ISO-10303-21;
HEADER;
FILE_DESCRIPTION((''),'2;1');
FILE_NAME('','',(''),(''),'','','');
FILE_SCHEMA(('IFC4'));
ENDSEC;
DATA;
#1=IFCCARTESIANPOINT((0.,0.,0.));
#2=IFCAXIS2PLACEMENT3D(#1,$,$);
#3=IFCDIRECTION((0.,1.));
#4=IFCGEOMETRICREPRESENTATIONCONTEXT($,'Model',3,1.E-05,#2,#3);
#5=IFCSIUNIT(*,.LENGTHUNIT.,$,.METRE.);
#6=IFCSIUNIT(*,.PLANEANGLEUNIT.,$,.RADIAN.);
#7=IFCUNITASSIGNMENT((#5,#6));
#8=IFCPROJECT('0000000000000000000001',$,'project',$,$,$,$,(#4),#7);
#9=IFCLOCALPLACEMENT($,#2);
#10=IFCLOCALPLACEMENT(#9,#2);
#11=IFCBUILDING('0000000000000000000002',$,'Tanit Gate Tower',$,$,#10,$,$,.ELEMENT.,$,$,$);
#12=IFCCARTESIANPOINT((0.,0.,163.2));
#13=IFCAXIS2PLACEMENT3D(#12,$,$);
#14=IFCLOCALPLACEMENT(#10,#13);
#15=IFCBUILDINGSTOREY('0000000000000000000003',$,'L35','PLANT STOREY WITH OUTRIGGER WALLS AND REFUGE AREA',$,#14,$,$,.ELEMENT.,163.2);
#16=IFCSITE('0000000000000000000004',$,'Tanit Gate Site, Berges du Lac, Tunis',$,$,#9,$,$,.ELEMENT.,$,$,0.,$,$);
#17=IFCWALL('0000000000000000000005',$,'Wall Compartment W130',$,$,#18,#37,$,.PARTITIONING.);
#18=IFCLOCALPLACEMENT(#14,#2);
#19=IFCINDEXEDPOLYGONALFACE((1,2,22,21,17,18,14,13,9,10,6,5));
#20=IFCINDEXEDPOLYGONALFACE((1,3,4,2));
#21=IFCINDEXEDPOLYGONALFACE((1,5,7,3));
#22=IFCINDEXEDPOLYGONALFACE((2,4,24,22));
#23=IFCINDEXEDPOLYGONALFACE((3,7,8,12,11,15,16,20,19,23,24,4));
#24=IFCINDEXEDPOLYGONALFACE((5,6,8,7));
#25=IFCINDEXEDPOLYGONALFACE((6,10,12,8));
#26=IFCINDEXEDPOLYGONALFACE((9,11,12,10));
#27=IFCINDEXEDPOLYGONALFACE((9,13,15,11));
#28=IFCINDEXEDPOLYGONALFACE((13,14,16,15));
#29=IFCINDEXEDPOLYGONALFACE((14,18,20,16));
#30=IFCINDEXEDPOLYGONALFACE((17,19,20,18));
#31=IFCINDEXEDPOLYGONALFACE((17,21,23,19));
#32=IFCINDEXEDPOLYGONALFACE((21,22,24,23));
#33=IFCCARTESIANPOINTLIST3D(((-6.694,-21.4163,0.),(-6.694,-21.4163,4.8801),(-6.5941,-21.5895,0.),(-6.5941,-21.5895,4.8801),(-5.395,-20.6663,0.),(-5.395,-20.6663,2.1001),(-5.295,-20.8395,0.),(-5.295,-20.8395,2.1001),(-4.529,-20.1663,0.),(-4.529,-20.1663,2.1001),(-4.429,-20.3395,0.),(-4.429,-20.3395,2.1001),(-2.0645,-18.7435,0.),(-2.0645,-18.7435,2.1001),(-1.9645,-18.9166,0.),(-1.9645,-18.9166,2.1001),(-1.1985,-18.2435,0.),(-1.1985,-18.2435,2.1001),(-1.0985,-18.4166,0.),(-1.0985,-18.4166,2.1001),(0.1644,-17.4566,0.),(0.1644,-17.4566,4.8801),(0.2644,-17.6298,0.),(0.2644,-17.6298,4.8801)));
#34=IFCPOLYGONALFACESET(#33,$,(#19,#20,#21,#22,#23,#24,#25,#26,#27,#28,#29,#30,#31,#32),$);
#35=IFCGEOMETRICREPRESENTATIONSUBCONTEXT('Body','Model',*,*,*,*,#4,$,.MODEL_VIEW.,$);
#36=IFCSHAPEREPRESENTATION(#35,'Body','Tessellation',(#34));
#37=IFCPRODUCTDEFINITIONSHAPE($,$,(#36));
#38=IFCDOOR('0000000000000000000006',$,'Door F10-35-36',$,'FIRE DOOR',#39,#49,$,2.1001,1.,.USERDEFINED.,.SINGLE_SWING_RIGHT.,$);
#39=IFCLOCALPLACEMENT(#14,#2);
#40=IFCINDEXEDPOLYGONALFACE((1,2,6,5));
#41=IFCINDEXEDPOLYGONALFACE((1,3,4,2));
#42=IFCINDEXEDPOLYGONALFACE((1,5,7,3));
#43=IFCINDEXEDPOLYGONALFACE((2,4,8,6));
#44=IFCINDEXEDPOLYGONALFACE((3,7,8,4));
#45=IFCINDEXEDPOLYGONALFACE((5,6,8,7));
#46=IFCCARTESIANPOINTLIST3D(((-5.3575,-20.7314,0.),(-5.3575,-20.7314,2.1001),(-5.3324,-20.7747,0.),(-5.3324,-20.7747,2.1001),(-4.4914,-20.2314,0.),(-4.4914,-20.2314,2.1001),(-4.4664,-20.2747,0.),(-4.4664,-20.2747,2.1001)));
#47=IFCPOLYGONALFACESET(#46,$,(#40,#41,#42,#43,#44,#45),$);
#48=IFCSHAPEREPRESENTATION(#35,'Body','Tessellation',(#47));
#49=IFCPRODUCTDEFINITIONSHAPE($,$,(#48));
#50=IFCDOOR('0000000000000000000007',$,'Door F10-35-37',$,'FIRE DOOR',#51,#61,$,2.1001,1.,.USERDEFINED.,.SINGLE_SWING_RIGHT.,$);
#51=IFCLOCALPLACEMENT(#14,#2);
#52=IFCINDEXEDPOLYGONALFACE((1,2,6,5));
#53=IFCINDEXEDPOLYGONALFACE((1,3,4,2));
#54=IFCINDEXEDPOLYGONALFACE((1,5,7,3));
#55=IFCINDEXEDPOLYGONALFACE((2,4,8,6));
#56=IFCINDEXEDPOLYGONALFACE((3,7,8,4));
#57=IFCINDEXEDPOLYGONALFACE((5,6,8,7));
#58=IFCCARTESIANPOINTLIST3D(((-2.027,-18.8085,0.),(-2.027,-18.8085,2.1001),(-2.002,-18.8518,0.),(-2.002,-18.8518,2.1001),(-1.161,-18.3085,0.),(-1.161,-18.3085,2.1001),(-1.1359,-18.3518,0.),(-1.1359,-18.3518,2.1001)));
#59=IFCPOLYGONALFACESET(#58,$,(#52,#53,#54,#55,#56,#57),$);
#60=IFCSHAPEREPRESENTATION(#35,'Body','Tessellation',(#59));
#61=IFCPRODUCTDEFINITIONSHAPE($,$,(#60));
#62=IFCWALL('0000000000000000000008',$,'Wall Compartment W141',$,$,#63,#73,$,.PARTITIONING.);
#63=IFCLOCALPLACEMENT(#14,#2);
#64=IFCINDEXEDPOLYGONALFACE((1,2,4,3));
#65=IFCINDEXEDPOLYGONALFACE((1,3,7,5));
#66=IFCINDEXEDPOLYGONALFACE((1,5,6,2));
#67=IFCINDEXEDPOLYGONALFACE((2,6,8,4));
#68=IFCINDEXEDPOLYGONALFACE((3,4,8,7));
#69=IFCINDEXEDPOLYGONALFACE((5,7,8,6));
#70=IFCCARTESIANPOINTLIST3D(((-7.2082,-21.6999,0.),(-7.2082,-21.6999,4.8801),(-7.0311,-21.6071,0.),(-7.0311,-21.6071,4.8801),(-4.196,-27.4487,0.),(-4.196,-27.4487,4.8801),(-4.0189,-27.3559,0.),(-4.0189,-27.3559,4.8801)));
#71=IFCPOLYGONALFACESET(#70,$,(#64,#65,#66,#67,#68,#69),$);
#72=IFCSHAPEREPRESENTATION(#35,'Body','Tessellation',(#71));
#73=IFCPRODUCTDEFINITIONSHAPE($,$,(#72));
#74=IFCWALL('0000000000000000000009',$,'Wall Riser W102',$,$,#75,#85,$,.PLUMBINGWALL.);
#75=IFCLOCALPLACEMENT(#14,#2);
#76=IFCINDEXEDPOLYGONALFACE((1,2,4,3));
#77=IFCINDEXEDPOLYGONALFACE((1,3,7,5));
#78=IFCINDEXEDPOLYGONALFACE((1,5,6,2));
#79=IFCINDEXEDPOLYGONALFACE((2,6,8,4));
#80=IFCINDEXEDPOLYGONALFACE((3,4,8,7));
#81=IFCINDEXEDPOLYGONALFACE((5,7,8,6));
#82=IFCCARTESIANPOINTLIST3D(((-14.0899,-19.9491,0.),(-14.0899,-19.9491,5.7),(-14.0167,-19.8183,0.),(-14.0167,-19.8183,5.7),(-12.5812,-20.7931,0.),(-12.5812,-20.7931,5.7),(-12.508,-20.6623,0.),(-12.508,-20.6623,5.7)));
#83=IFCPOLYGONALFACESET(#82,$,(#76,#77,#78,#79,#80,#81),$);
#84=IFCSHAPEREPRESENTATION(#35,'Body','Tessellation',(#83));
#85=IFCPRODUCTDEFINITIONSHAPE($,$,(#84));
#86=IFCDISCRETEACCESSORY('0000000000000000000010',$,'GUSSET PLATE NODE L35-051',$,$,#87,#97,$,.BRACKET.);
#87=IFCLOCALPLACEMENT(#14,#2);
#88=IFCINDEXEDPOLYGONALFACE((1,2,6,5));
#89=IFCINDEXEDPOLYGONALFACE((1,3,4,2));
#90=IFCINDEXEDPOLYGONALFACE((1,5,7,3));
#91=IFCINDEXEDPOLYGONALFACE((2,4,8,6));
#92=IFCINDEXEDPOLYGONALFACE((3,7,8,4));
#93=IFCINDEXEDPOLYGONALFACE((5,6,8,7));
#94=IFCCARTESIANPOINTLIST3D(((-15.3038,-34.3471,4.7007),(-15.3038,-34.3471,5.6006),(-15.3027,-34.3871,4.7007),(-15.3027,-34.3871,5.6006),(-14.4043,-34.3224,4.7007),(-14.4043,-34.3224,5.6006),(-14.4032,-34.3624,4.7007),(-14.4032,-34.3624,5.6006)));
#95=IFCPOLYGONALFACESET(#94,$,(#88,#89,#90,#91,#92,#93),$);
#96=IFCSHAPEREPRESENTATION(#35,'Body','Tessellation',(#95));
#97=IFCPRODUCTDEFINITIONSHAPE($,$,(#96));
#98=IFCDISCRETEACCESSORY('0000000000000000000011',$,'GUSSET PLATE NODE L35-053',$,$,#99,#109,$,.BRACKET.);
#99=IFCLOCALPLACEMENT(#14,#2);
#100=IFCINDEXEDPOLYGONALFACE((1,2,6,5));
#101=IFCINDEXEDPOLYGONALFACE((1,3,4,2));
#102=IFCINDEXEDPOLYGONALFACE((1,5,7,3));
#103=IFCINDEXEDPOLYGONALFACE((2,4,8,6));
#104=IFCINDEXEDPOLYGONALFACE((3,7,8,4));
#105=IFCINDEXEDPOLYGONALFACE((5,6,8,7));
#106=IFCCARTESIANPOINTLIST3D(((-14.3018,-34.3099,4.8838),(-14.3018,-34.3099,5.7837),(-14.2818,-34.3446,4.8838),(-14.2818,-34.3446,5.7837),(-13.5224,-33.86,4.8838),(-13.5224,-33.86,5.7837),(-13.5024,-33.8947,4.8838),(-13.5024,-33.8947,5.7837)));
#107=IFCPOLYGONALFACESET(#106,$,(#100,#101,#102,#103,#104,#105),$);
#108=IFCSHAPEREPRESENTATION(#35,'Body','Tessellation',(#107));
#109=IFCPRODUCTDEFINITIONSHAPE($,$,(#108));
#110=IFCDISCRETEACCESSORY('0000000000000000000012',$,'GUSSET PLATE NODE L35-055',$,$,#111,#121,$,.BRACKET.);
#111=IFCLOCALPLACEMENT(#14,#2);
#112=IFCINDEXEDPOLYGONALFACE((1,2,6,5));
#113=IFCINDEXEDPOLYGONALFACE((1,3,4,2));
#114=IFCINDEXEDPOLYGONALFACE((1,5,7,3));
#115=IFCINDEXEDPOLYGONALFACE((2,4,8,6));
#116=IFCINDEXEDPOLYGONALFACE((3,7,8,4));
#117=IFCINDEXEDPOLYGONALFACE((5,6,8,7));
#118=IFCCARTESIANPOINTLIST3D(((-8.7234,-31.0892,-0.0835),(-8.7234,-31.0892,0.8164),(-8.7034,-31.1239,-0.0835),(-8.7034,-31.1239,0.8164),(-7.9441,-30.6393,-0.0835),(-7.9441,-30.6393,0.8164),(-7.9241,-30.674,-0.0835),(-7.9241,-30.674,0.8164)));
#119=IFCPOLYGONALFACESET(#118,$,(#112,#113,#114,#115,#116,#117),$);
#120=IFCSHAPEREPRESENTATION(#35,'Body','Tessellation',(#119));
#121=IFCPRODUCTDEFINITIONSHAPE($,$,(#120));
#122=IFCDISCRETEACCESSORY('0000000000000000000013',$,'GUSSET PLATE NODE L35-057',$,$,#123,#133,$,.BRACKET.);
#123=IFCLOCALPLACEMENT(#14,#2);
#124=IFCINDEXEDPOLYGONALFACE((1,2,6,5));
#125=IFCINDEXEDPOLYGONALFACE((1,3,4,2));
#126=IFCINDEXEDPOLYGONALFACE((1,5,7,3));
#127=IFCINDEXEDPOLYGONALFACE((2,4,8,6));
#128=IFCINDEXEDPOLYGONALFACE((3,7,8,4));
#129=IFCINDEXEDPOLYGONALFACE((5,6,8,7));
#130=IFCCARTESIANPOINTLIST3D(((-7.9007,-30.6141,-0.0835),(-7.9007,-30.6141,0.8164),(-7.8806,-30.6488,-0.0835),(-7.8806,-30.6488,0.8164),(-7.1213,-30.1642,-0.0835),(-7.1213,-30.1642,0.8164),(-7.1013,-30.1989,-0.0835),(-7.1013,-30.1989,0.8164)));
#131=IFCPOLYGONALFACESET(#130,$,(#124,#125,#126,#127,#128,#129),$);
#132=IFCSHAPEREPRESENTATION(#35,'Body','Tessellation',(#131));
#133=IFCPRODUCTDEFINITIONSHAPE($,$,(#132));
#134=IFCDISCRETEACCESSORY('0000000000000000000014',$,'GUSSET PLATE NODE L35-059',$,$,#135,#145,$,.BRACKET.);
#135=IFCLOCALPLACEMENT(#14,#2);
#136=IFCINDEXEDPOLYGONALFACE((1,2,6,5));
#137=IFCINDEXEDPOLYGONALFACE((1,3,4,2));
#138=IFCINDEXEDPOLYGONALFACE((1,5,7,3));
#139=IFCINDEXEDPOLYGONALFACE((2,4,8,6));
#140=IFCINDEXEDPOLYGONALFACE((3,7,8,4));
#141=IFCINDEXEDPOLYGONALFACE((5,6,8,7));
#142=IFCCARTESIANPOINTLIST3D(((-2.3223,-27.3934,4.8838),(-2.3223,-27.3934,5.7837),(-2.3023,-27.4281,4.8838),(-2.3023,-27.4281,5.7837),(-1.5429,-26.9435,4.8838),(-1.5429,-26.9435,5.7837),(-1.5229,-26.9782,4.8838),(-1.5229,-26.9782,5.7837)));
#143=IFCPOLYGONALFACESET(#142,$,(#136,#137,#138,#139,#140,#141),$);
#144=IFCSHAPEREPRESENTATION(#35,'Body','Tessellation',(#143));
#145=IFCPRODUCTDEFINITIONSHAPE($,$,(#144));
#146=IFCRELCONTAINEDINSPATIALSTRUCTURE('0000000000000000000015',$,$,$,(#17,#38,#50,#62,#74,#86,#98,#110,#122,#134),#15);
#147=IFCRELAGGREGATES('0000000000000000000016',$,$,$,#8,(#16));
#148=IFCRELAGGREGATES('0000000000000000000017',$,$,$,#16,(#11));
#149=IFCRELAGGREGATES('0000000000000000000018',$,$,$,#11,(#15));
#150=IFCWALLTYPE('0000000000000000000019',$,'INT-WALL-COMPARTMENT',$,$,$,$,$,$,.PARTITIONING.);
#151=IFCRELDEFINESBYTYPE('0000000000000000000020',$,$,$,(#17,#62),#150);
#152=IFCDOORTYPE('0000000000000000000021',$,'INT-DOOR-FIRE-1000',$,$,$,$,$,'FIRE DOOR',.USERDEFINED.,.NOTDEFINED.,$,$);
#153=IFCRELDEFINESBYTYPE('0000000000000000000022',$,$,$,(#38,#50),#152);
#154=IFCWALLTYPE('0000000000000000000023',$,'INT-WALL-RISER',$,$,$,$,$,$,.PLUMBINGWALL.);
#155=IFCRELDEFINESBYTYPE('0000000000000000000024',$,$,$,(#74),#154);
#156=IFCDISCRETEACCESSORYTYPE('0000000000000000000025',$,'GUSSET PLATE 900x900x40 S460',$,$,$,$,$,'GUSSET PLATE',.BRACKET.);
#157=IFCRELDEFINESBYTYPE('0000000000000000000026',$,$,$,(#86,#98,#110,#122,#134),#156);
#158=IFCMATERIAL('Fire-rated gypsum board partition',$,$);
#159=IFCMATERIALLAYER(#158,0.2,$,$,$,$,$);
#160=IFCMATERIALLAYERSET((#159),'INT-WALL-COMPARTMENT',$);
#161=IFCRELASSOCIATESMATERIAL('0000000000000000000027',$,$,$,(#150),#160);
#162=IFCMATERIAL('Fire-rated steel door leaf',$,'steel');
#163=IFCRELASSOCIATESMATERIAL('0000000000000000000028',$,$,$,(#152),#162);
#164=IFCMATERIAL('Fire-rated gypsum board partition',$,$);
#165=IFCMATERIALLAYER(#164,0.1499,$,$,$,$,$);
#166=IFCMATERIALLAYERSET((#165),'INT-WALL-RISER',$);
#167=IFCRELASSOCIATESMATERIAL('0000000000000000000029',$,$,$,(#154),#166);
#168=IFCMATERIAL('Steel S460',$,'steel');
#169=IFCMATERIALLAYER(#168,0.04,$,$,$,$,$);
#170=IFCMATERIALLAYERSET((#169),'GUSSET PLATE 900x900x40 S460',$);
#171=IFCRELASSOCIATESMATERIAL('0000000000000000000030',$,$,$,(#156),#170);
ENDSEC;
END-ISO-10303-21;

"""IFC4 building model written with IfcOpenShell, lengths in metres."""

from ifc_helpers import new_model, si_unit, direction, frame, frame_2d, origin, origin_2d, place, context, subcontext, project, spatial, rectangle, extrude, material, layer, layer_set, type_object, element, fill, save


model = new_model("IFC4")

# Units and contexts
model_context = context("Model", 3, precision=1e-05, world=origin(), true_north=direction((0.0, 1.0)))
body_context = subcontext(model_context, "Body", "Model", "MODEL_VIEW")
ifc_project = project(units=[si_unit("LENGTHUNIT", "METRE"), si_unit("PLANEANGLEUNIT", "RADIAN")], contexts=[model_context])

# Site, building, storey
site_placement = place(None, origin())
site = spatial("IfcSite", under=ifc_project, at=site_placement, Name="Tanit Gate Site, Berges du Lac, Tunis", CompositionType="ELEMENT", RefElevation=0.0)
building_placement = place(site_placement, origin())
building = spatial("IfcBuilding", under=site, at=building_placement, Name="Tanit Gate Tower", CompositionType="ELEMENT")
storey_placement = place(building_placement, frame((0.0, 0.0, 163.2)))
storey = spatial("IfcBuildingStorey", under=building, at=storey_placement, Name="L35", Description="PLANT STOREY WITH OUTRIGGER WALLS AND REFUGE AREA", CompositionType="ELEMENT", Elevation=163.2)

# Shared definitions
ifc_material_1 = material(Name="Fire-rated gypsum board partition")
ifc_layer_1 = layer(ifc_material_1, 0.2)
ifc_layer_set_1 = layer_set([ifc_layer_1], Name="INT-WALL-COMPARTMENT")
wall_type_1 = type_object("IfcWallType", Name="INT-WALL-COMPARTMENT", PredefinedType="PARTITIONING", material=ifc_layer_set_1)
ifc_material_2 = material(Name="Fire-rated steel door leaf", Category="steel")
door_type_1 = type_object("IfcDoorType", Name="INT-DOOR-FIRE-1000", ElementType="FIRE DOOR", OperationType="NOTDEFINED", PredefinedType="USERDEFINED", material=ifc_material_2)

# Wall, openings, doors
wall_1_placement = place(storey_placement, frame((-6.644, -21.5029, 0.0), z_axis=(0.0, 0.0, 1.0), x_axis=(0.866024, 0.500002, 0.0)))
wall_1 = element("IfcWall", 1, at=wall_1_placement, inside=storey, type_object=wall_type_1, Name="Wall Compartment W130", PredefinedType="PARTITIONING", context=body_context, shape_type="SweptSolid", body=[
    extrude(rectangle(XDim=7.9194, YDim=0.2, at=frame_2d((3.9597, 0.0))), origin(), (0.0, 0.0, 1.0), 4.8801),
])
opening_1_placement = place(wall_1_placement, frame((1.5, 0.0, 0.0)))
opening_1 = element("IfcOpeningElement", 2, at=opening_1_placement, cuts=wall_1, PredefinedType="OPENING", context=body_context, shape_type="SweptSolid", body=[
    extrude(rectangle(XDim=1.0, YDim=2.1001, at=frame_2d((0.5, 1.05))), frame((0.0, 0.1099, 0.0), z_axis=(0.0, -1.0, 0.0), x_axis=(1.0, 0.0, 0.0)), (0.0, 0.0, 1.0), 0.22),
])
opening_2_placement = place(wall_1_placement, frame((5.3457, 0.0, 0.0)))
opening_2 = element("IfcOpeningElement", 3, at=opening_2_placement, cuts=wall_1, PredefinedType="OPENING", context=body_context, shape_type="SweptSolid", body=[
    extrude(rectangle(XDim=1.0, YDim=2.1001, at=frame_2d((0.5, 1.05))), frame((0.0, 0.1099, 0.0), z_axis=(0.0, -1.0, 0.0), x_axis=(1.0, 0.0, 0.0)), (0.0, 0.0, 1.0), 0.22),
])
door_1_placement = place(opening_1_placement, origin())
door_1 = element("IfcDoor", 4, at=door_1_placement, inside=storey, type_object=door_type_1, Name="Door F10-35-36", ObjectType="FIRE DOOR", OperationType="SINGLE_SWING_RIGHT", OverallHeight=2.1001, OverallWidth=1.0, PredefinedType="USERDEFINED", context=body_context, shape_type="SweptSolid", body=[
    extrude(rectangle(XDim=1.0, YDim=2.1001, at=frame_2d((0.5, 1.05))), frame((0.0, 0.0249, 0.0), z_axis=(0.0, -1.0, 0.0), x_axis=(1.0, 0.0, 0.0)), (0.0, 0.0, 1.0), 0.05),
])
fill(opening_1, door_1)
door_2_placement = place(opening_2_placement, origin())
door_2 = element("IfcDoor", 5, at=door_2_placement, inside=storey, type_object=door_type_1, Name="Door F10-35-37", ObjectType="FIRE DOOR", OperationType="SINGLE_SWING_RIGHT", OverallHeight=2.1001, OverallWidth=1.0, PredefinedType="USERDEFINED", context=body_context, shape_type="SweptSolid", body=[
    extrude(rectangle(XDim=1.0, YDim=2.1001, at=frame_2d((0.5, 1.05))), frame((0.0, 0.0249, 0.0), z_axis=(0.0, -1.0, 0.0), x_axis=(1.0, 0.0, 0.0)), (0.0, 0.0, 1.0), 0.05),
])
fill(opening_2, door_2)

# Walls
wall_2_placement = place(storey_placement, frame((-4.1074, -27.4023, 0.0), z_axis=(0.0, 0.0, 1.0), x_axis=(-0.464121, 0.885772, 0.0)))
element("IfcWall", 6, at=wall_2_placement, inside=storey, type_object=wall_type_1, Name="Wall Compartment W141", PredefinedType="PARTITIONING", context=body_context, shape_type="SweptSolid", body=[
    extrude(rectangle(XDim=6.4902, YDim=0.2, at=frame_2d((3.2451, 0.0))), origin(), (0.0, 0.0, 1.0), 4.8801),
])
ifc_material_3 = material(Name="Fire-rated gypsum board partition")
ifc_layer_2 = layer(ifc_material_3, 0.1499)
ifc_layer_set_2 = layer_set([ifc_layer_2], Name="INT-WALL-RISER")
wall_type_2 = type_object("IfcWallType", Name="INT-WALL-RISER", PredefinedType="PLUMBINGWALL", material=ifc_layer_set_2)
wall_3_placement = place(storey_placement, frame((-14.0532, -19.8838, 0.0), z_axis=(0.0, 0.0, 1.0), x_axis=(0.872735, -0.488195, 0.0)))
element("IfcWall", 7, at=wall_3_placement, inside=storey, type_object=wall_type_2, Name="Wall Riser W102", PredefinedType="PLUMBINGWALL", context=body_context, shape_type="SweptSolid", body=[
    extrude(rectangle(XDim=1.7288, YDim=0.1499, at=frame_2d((0.8643, 0.0))), origin(), (0.0, 0.0, 1.0), 5.7),
])

# Discrete accessories
ifc_material_4 = material(Name="Steel S460", Category="steel")
ifc_layer_3 = layer(ifc_material_4, 0.04)
ifc_layer_set_3 = layer_set([ifc_layer_3], Name="GUSSET PLATE 900x900x40 S460")
discrete_accessory_type = type_object("IfcDiscreteAccessoryType", Name="GUSSET PLATE 900x900x40 S460", ElementType="GUSSET PLATE", PredefinedType="BRACKET", material=ifc_layer_set_3)
for number, where, z_axis, x_axis, name in (
    (8, (-14.8535, -34.3547, 4.7007), (0.0, 0.0, 1.0), (-0.999622, -0.027485, 0.0), "GUSSET PLATE NODE L35-051"),
    (9, (-13.9021, -34.1023, 4.8838), (0.0, 0.0, 1.0), (0.866025, 0.5, 0.0), "GUSSET PLATE NODE L35-053"),
    (10, (-8.3237, -30.8816, -0.0835), (0.0, 0.0, 1.0), (-0.866025, -0.5, 0.0), "GUSSET PLATE NODE L35-055"),
    (11, (-7.501, -30.4065, -0.0835), (0.0, 0.0, 1.0), (0.866025, 0.5, 0.0), "GUSSET PLATE NODE L35-057"),
    (12, (-1.9226, -27.1858, 4.8838), (0.0, 0.0, 1.0), (-0.866025, -0.5, 0.0), "GUSSET PLATE NODE L35-059"),
):
    element("IfcDiscreteAccessory", number, at=place(storey_placement, frame(where, z_axis=z_axis, x_axis=x_axis)), inside=storey, type_object=discrete_accessory_type, Name=name, PredefinedType="BRACKET", context=body_context, shape_type="SweptSolid", body=[
        extrude(rectangle(XDim=0.8999, YDim=0.04, at=origin_2d()), origin(), (0.0, 0.0, 1.0), 0.8999),
    ])

save(model, "model.ifc")
